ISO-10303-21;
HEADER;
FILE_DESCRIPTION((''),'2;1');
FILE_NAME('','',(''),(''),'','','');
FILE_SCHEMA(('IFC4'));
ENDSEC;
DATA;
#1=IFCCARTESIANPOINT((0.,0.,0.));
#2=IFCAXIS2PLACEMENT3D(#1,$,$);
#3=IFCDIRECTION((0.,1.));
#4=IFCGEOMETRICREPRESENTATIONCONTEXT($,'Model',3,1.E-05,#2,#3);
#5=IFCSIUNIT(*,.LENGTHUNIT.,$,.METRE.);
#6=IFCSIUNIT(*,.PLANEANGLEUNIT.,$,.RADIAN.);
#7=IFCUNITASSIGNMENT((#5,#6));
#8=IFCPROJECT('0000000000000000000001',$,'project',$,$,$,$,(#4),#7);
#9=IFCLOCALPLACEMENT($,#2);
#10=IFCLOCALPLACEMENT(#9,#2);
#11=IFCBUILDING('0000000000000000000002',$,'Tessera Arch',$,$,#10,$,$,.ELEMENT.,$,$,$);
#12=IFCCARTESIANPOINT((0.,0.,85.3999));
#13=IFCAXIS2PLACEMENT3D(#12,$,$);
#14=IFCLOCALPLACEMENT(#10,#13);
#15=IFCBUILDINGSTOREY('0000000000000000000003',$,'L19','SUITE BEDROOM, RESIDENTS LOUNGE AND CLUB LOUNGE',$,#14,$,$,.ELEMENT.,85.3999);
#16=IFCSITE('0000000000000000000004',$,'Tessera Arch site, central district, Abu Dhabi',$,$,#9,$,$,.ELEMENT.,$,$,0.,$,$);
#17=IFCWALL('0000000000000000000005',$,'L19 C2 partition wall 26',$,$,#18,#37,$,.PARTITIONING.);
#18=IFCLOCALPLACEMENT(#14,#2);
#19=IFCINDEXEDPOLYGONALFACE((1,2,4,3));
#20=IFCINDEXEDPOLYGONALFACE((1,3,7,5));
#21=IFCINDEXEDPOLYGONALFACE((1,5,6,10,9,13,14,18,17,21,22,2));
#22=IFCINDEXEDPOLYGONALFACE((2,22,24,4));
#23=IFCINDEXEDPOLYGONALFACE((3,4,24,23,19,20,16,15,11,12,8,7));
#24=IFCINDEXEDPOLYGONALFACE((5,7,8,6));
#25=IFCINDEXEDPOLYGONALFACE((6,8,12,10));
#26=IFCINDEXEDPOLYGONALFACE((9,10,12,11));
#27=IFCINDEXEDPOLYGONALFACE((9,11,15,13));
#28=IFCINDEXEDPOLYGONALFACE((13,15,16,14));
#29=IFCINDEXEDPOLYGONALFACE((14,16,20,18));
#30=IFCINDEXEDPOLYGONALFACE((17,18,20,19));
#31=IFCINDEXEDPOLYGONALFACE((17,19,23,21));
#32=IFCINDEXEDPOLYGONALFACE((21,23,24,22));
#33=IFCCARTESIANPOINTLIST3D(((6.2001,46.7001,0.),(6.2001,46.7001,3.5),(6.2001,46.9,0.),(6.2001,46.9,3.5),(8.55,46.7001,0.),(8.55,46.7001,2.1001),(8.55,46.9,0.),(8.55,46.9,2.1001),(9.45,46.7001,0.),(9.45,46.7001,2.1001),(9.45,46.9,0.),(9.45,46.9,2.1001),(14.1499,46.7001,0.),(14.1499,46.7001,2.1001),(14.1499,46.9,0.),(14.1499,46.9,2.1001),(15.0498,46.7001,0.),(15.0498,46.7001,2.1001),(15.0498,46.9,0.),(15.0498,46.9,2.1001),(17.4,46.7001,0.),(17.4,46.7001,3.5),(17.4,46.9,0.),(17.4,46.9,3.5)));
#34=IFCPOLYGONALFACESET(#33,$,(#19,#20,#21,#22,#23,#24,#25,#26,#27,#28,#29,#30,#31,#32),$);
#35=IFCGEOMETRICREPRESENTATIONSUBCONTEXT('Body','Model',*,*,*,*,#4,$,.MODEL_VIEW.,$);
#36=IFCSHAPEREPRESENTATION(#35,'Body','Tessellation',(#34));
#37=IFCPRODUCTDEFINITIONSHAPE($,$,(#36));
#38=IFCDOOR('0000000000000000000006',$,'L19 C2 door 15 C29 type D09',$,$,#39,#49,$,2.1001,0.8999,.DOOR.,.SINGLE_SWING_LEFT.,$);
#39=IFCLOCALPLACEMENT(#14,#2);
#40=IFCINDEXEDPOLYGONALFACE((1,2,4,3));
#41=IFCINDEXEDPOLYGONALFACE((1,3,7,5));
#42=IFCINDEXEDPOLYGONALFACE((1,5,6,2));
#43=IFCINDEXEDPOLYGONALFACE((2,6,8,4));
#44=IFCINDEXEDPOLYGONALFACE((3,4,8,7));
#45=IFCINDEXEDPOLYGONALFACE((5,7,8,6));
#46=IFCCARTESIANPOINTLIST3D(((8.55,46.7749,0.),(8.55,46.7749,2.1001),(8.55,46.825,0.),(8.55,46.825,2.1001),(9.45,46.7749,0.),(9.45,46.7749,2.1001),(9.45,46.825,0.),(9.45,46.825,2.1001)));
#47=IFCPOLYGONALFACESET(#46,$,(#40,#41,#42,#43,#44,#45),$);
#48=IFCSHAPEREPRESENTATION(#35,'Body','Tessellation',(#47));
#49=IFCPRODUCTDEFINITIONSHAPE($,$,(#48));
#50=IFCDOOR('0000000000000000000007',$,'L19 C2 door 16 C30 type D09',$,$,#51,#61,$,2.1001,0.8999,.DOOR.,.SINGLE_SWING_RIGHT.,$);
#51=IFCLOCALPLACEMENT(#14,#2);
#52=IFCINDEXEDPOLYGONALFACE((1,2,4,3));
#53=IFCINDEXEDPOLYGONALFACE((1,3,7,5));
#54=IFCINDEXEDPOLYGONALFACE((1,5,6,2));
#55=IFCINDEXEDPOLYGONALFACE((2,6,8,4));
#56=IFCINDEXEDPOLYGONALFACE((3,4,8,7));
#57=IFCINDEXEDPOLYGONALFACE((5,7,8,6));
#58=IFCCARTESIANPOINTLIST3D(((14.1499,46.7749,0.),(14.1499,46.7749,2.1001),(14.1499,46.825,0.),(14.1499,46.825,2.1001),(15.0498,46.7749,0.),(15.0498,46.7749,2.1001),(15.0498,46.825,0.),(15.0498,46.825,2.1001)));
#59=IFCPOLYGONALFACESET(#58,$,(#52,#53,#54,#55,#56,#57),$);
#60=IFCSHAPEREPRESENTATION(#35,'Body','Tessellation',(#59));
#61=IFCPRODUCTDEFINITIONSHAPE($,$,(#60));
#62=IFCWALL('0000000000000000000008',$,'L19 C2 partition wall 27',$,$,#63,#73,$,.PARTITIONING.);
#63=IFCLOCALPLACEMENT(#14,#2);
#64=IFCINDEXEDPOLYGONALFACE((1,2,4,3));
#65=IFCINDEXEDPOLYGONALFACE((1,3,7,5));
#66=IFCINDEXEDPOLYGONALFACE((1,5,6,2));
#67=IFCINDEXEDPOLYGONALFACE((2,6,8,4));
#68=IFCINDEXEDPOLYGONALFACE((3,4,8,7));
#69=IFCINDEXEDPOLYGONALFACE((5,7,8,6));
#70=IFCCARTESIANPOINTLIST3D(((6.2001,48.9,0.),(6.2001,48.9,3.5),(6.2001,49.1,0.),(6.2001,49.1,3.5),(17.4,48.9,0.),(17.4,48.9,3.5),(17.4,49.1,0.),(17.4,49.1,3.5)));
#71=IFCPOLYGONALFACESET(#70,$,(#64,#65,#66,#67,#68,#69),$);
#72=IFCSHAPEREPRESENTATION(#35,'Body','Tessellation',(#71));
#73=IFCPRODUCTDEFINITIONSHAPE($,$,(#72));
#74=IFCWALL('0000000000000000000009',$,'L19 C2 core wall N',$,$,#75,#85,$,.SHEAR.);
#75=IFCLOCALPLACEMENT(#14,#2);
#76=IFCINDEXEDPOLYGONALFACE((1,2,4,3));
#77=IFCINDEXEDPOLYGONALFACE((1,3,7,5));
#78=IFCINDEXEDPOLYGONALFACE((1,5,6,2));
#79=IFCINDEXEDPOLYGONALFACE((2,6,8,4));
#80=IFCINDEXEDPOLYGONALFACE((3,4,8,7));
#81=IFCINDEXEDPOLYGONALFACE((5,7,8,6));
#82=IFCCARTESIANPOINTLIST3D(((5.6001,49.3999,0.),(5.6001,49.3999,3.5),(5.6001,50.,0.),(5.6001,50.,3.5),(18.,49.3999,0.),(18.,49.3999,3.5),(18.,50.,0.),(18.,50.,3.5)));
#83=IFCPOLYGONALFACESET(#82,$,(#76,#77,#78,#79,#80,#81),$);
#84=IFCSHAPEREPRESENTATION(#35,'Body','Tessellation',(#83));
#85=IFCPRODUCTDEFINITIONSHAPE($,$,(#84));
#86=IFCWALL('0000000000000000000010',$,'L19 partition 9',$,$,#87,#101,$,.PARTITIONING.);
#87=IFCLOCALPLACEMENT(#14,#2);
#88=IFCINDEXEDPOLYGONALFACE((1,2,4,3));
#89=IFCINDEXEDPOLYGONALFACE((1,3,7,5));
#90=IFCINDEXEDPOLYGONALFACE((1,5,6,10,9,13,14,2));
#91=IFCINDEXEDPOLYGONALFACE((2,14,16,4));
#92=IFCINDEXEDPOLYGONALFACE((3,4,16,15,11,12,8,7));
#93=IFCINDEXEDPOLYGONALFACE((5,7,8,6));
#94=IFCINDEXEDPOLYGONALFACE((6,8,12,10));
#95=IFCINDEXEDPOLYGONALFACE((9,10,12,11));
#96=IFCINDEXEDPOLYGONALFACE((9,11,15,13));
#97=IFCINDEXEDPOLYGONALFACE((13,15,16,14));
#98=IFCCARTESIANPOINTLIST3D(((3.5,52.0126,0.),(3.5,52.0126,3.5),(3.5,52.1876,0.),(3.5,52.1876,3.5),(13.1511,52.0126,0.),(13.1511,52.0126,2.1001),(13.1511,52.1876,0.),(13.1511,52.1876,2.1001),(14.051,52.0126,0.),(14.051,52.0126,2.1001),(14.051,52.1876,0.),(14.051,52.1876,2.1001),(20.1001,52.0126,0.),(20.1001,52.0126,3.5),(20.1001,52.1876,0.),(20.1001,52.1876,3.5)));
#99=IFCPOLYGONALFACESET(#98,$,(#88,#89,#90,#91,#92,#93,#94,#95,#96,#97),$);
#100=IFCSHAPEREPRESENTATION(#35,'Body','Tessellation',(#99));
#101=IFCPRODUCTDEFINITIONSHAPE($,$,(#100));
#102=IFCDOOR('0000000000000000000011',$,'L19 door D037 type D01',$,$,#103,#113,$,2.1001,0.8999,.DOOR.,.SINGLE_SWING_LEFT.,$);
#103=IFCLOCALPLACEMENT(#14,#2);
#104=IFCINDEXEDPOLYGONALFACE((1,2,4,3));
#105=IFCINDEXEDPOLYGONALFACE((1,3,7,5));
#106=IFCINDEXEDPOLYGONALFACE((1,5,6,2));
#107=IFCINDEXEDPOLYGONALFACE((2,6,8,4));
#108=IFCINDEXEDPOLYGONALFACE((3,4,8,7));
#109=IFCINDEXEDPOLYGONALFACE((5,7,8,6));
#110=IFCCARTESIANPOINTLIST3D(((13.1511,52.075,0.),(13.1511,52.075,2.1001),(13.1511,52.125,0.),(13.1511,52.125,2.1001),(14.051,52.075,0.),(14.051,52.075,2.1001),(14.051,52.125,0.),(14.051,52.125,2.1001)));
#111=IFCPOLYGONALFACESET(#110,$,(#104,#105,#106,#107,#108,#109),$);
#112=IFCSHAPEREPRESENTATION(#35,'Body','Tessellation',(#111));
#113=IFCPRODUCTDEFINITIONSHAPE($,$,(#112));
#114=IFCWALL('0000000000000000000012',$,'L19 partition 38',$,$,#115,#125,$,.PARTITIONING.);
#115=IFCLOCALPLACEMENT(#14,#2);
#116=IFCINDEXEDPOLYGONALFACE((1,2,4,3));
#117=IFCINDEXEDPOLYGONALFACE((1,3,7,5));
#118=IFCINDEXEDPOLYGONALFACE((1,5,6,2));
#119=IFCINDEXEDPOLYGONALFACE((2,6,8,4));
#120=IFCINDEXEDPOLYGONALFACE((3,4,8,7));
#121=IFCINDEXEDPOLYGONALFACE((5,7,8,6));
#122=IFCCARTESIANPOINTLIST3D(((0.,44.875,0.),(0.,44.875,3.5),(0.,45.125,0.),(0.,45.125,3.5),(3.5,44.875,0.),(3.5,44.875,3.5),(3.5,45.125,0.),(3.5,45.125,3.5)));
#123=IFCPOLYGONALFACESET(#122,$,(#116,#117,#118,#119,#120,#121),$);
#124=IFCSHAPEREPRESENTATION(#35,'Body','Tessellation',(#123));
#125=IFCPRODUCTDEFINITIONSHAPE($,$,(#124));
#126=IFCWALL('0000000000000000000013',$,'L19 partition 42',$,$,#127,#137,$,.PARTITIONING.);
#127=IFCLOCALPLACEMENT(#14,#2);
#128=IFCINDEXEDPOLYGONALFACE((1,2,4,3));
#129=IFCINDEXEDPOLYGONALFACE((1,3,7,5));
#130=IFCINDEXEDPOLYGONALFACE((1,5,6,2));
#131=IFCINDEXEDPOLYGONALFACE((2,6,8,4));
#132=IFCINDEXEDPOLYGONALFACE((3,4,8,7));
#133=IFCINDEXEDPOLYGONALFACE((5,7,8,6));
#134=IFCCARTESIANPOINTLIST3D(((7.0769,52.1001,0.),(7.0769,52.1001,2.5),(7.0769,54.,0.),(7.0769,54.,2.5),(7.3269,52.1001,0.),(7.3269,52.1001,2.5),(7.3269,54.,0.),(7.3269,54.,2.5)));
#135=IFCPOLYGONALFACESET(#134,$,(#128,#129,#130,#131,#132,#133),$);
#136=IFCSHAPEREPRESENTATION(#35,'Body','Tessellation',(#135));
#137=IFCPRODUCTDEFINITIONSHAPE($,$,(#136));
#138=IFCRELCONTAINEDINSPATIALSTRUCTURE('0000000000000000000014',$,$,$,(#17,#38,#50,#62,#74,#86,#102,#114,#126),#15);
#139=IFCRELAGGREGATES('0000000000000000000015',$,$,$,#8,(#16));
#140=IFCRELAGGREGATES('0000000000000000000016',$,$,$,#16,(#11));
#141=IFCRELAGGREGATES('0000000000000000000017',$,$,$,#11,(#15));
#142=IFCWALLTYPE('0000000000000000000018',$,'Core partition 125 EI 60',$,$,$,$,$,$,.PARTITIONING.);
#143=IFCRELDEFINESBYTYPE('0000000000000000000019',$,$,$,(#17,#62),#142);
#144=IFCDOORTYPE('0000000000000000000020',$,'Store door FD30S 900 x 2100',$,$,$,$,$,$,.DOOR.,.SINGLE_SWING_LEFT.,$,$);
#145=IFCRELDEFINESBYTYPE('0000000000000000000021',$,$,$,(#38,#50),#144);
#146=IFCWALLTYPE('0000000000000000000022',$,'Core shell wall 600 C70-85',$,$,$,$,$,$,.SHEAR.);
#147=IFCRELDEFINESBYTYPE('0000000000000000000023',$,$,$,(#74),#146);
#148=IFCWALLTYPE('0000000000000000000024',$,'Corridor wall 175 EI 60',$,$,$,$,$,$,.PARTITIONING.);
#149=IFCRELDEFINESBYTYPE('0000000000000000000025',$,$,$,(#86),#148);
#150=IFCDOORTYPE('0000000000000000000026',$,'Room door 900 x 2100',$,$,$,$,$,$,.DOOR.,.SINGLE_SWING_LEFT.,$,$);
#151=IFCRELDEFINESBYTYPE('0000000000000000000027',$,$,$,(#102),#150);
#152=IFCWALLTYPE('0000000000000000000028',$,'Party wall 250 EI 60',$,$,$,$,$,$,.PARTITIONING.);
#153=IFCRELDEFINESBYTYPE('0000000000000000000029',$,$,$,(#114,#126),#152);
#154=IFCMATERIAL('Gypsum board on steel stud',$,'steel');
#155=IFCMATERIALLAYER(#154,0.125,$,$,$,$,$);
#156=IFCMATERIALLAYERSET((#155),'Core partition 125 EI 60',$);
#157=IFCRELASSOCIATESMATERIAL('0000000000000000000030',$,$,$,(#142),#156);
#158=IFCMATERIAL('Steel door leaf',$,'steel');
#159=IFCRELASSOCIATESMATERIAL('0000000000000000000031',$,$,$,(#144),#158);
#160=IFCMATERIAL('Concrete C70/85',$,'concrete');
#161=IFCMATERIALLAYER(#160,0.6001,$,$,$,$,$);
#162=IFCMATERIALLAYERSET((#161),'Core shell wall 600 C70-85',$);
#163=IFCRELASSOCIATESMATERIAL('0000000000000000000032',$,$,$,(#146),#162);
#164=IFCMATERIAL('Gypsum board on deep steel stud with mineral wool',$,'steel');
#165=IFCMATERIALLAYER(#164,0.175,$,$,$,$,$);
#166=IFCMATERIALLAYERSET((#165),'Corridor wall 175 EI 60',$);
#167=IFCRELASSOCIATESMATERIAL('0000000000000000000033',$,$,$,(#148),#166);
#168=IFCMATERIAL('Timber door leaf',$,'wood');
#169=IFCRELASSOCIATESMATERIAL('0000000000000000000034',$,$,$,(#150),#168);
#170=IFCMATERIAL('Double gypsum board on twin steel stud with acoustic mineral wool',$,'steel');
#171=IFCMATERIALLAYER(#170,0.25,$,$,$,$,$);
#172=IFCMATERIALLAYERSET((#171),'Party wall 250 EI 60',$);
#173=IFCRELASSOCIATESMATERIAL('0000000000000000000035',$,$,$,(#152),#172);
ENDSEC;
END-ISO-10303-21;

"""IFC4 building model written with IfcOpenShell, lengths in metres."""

from ifc_helpers import new_model, si_unit, direction, frame, frame_2d, origin, place, context, subcontext, project, spatial, rectangle, extrude, material, layer, layer_set, type_object, element, fill, save


model = new_model("IFC4")

# Units and contexts
model_context = context("Model", 3, precision=1e-05, world=origin(), true_north=direction((0.0, 1.0)))
body_context = subcontext(model_context, "Body", "Model", "MODEL_VIEW")
ifc_project = project(units=[si_unit("LENGTHUNIT", "METRE"), si_unit("PLANEANGLEUNIT", "RADIAN")], contexts=[model_context])

# Site, building, storey
site_placement = place(None, origin())
site = spatial("IfcSite", under=ifc_project, at=site_placement, Name="Tessera Arch site, central district, Abu Dhabi", CompositionType="ELEMENT", RefElevation=0.0)
building_placement = place(site_placement, origin())
building = spatial("IfcBuilding", under=site, at=building_placement, Name="Tessera Arch", CompositionType="ELEMENT")
storey_placement = place(building_placement, frame((0.0, 0.0, 85.3999)))
storey = spatial("IfcBuildingStorey", under=building, at=storey_placement, Name="L19", Description="SUITE BEDROOM, RESIDENTS LOUNGE AND CLUB LOUNGE", CompositionType="ELEMENT", Elevation=85.3999)

# Wall, openings, doors
ifc_material_1 = material(Name="Gypsum board on steel stud", Category="steel")
ifc_layer_1 = layer(ifc_material_1, 0.125)
ifc_layer_set_1 = layer_set([ifc_layer_1], Name="Core partition 125 EI 60")
wall_type_1 = type_object("IfcWallType", Name="Core partition 125 EI 60", PredefinedType="PARTITIONING", material=ifc_layer_set_1)
wall_1_placement = place(storey_placement, frame((6.2, 46.8, 0.0), z_axis=(0.0, 0.0, 1.0), x_axis=(1.0, 0.0, 0.0)))
wall_1 = element("IfcWall", 1, at=wall_1_placement, inside=storey, type_object=wall_type_1, Name="L19 C2 partition wall 26", PredefinedType="PARTITIONING", context=body_context, shape_type="SweptSolid", body=[
    extrude(rectangle(XDim=11.2, YDim=0.2, at=frame_2d((5.6001, 0.0))), origin(), (0.0, 0.0, 1.0), 3.5),
])
opening_1_placement = place(wall_1_placement, frame((2.3501, 0.0, 0.0)))
opening_1 = element("IfcOpeningElement", 2, at=opening_1_placement, cuts=wall_1, PredefinedType="OPENING", context=body_context, shape_type="SweptSolid", body=[
    extrude(rectangle(XDim=0.8999, YDim=2.1001, at=frame_2d((0.45, 1.05))), frame((0.0, 0.1099, 0.0), z_axis=(0.0, -1.0, 0.0), x_axis=(1.0, 0.0, 0.0)), (0.0, 0.0, 1.0), 0.22),
])
opening_2_placement = place(wall_1_placement, frame((7.95, 0.0, 0.0)))
opening_2 = element("IfcOpeningElement", 3, at=opening_2_placement, cuts=wall_1, PredefinedType="OPENING", context=body_context, shape_type="SweptSolid", body=[
    extrude(rectangle(XDim=0.8999, YDim=2.1001, at=frame_2d((0.45, 1.05))), frame((0.0, 0.1099, 0.0), z_axis=(0.0, -1.0, 0.0), x_axis=(1.0, 0.0, 0.0)), (0.0, 0.0, 1.0), 0.22),
])
ifc_material_2 = material(Name="Steel door leaf", Category="steel")
door_type_1 = type_object("IfcDoorType", Name="Store door FD30S 900 x 2100", OperationType="SINGLE_SWING_LEFT", PredefinedType="DOOR", material=ifc_material_2)
door_1_placement = place(opening_1_placement, origin())
door_1 = element("IfcDoor", 4, at=door_1_placement, inside=storey, type_object=door_type_1, Name="L19 C2 door 15 C29 type D09", OperationType="SINGLE_SWING_LEFT", OverallHeight=2.1001, OverallWidth=0.8999, PredefinedType="DOOR", context=body_context, shape_type="SweptSolid", body=[
    extrude(rectangle(XDim=0.8999, YDim=2.1001, at=frame_2d((0.45, 1.05))), frame((0.0, 0.0249, 0.0), z_axis=(0.0, -1.0, 0.0), x_axis=(1.0, 0.0, 0.0)), (0.0, 0.0, 1.0), 0.05),
])
fill(opening_1, door_1)
door_2_placement = place(opening_2_placement, origin())
door_2 = element("IfcDoor", 5, at=door_2_placement, inside=storey, type_object=door_type_1, Name="L19 C2 door 16 C30 type D09", OperationType="SINGLE_SWING_RIGHT", OverallHeight=2.1001, OverallWidth=0.8999, PredefinedType="DOOR", context=body_context, shape_type="SweptSolid", body=[
    extrude(rectangle(XDim=0.8999, YDim=2.1001, at=frame_2d((0.45, 1.05))), frame((0.0, 0.0249, 0.0), z_axis=(0.0, -1.0, 0.0), x_axis=(1.0, 0.0, 0.0)), (0.0, 0.0, 1.0), 0.05),
])
fill(opening_2, door_2)

# Walls
wall_2_placement = place(storey_placement, frame((6.2, 49.0, 0.0), z_axis=(0.0, 0.0, 1.0), x_axis=(1.0, 0.0, 0.0)))
element("IfcWall", 6, at=wall_2_placement, inside=storey, type_object=wall_type_1, Name="L19 C2 partition wall 27", PredefinedType="PARTITIONING", context=body_context, shape_type="SweptSolid", body=[
    extrude(rectangle(XDim=11.2, YDim=0.2, at=frame_2d((5.6001, 0.0))), origin(), (0.0, 0.0, 1.0), 3.5),
])
ifc_material_3 = material(Name="Concrete C70/85", Category="concrete")
ifc_layer_2 = layer(ifc_material_3, 0.6001)
ifc_layer_set_2 = layer_set([ifc_layer_2], Name="Core shell wall 600 C70-85")
wall_type_2 = type_object("IfcWallType", Name="Core shell wall 600 C70-85", PredefinedType="SHEAR", material=ifc_layer_set_2)
wall_3_placement = place(storey_placement, frame((5.6001, 49.7, 0.0), z_axis=(0.0, 0.0, 1.0), x_axis=(1.0, 0.0, 0.0)))
element("IfcWall", 7, at=wall_3_placement, inside=storey, type_object=wall_type_2, Name="L19 C2 core wall N", PredefinedType="SHEAR", context=body_context, shape_type="SweptSolid", body=[
    extrude(rectangle(XDim=12.3999, YDim=0.6001, at=frame_2d((6.2, 0.0))), origin(), (0.0, 0.0, 1.0), 3.5),
])

# Wall, opening, door
ifc_material_4 = material(Name="Gypsum board on deep steel stud with mineral wool", Category="steel")
ifc_layer_3 = layer(ifc_material_4, 0.175)
ifc_layer_set_3 = layer_set([ifc_layer_3], Name="Corridor wall 175 EI 60")
wall_type_3 = type_object("IfcWallType", Name="Corridor wall 175 EI 60", PredefinedType="PARTITIONING", material=ifc_layer_set_3)
wall_4_placement = place(storey_placement, frame((3.5, 52.1001, 0.0), z_axis=(0.0, 0.0, 1.0), x_axis=(1.0, 0.0, 0.0)))
wall_4 = element("IfcWall", 8, at=wall_4_placement, inside=storey, type_object=wall_type_3, Name="L19 partition 9", PredefinedType="PARTITIONING", context=body_context, shape_type="SweptSolid", body=[
    extrude(rectangle(XDim=16.6001, YDim=0.175, at=frame_2d((8.3, 0.0))), origin(), (0.0, 0.0, 1.0), 3.5),
])
opening_3_placement = place(wall_4_placement, frame((9.6511, 0.0, 0.0)))
opening_3 = element("IfcOpeningElement", 9, at=opening_3_placement, cuts=wall_4, PredefinedType="OPENING", context=body_context, shape_type="SweptSolid", body=[
    extrude(rectangle(XDim=0.8999, YDim=2.1001, at=frame_2d((0.45, 1.05))), frame((0.0, 0.0974, 0.0), z_axis=(0.0, -1.0, 0.0), x_axis=(1.0, 0.0, 0.0)), (0.0, 0.0, 1.0), 0.1951),
])
ifc_material_5 = material(Name="Timber door leaf", Category="wood")
door_type_2 = type_object("IfcDoorType", Name="Room door 900 x 2100", OperationType="SINGLE_SWING_LEFT", PredefinedType="DOOR", material=ifc_material_5)
door_3_placement = place(opening_3_placement, origin())
door_3 = element("IfcDoor", 10, at=door_3_placement, inside=storey, type_object=door_type_2, Name="L19 door D037 type D01", OperationType="SINGLE_SWING_LEFT", OverallHeight=2.1001, OverallWidth=0.8999, PredefinedType="DOOR", context=body_context, shape_type="SweptSolid", body=[
    extrude(rectangle(XDim=0.8999, YDim=2.1001, at=frame_2d((0.45, 1.05))), frame((0.0, 0.0249, 0.0), z_axis=(0.0, -1.0, 0.0), x_axis=(1.0, 0.0, 0.0)), (0.0, 0.0, 1.0), 0.05),
])
fill(opening_3, door_3)

# Walls
ifc_material_6 = material(Name="Double gypsum board on twin steel stud with acoustic mineral wool", Category="steel")
ifc_layer_4 = layer(ifc_material_6, 0.25)
ifc_layer_set_4 = layer_set([ifc_layer_4], Name="Party wall 250 EI 60")
wall_type_4 = type_object("IfcWallType", Name="Party wall 250 EI 60", PredefinedType="PARTITIONING", material=ifc_layer_set_4)
wall_5_placement = place(storey_placement, frame((0.0, 45.0, 0.0), z_axis=(0.0, 0.0, 1.0), x_axis=(1.0, 0.0, 0.0)))
element("IfcWall", 11, at=wall_5_placement, inside=storey, type_object=wall_type_4, Name="L19 partition 38", PredefinedType="PARTITIONING", context=body_context, shape_type="SweptSolid", body=[
    extrude(rectangle(XDim=3.5, YDim=0.25, at=frame_2d((1.75, 0.0))), origin(), (0.0, 0.0, 1.0), 3.5),
])
wall_6_placement = place(storey_placement, frame((7.2019, 52.1001, 0.0), z_axis=(0.0, 0.0, 1.0), x_axis=(0.0, 1.0, 0.0)))
element("IfcWall", 12, at=wall_6_placement, inside=storey, type_object=wall_type_4, Name="L19 partition 42", PredefinedType="PARTITIONING", context=body_context, shape_type="SweptSolid", body=[
    extrude(rectangle(XDim=1.8999, YDim=0.25, at=frame_2d((0.95, 0.0))), origin(), (0.0, 0.0, 1.0), 2.5),
])

save(model, "model.ifc")
